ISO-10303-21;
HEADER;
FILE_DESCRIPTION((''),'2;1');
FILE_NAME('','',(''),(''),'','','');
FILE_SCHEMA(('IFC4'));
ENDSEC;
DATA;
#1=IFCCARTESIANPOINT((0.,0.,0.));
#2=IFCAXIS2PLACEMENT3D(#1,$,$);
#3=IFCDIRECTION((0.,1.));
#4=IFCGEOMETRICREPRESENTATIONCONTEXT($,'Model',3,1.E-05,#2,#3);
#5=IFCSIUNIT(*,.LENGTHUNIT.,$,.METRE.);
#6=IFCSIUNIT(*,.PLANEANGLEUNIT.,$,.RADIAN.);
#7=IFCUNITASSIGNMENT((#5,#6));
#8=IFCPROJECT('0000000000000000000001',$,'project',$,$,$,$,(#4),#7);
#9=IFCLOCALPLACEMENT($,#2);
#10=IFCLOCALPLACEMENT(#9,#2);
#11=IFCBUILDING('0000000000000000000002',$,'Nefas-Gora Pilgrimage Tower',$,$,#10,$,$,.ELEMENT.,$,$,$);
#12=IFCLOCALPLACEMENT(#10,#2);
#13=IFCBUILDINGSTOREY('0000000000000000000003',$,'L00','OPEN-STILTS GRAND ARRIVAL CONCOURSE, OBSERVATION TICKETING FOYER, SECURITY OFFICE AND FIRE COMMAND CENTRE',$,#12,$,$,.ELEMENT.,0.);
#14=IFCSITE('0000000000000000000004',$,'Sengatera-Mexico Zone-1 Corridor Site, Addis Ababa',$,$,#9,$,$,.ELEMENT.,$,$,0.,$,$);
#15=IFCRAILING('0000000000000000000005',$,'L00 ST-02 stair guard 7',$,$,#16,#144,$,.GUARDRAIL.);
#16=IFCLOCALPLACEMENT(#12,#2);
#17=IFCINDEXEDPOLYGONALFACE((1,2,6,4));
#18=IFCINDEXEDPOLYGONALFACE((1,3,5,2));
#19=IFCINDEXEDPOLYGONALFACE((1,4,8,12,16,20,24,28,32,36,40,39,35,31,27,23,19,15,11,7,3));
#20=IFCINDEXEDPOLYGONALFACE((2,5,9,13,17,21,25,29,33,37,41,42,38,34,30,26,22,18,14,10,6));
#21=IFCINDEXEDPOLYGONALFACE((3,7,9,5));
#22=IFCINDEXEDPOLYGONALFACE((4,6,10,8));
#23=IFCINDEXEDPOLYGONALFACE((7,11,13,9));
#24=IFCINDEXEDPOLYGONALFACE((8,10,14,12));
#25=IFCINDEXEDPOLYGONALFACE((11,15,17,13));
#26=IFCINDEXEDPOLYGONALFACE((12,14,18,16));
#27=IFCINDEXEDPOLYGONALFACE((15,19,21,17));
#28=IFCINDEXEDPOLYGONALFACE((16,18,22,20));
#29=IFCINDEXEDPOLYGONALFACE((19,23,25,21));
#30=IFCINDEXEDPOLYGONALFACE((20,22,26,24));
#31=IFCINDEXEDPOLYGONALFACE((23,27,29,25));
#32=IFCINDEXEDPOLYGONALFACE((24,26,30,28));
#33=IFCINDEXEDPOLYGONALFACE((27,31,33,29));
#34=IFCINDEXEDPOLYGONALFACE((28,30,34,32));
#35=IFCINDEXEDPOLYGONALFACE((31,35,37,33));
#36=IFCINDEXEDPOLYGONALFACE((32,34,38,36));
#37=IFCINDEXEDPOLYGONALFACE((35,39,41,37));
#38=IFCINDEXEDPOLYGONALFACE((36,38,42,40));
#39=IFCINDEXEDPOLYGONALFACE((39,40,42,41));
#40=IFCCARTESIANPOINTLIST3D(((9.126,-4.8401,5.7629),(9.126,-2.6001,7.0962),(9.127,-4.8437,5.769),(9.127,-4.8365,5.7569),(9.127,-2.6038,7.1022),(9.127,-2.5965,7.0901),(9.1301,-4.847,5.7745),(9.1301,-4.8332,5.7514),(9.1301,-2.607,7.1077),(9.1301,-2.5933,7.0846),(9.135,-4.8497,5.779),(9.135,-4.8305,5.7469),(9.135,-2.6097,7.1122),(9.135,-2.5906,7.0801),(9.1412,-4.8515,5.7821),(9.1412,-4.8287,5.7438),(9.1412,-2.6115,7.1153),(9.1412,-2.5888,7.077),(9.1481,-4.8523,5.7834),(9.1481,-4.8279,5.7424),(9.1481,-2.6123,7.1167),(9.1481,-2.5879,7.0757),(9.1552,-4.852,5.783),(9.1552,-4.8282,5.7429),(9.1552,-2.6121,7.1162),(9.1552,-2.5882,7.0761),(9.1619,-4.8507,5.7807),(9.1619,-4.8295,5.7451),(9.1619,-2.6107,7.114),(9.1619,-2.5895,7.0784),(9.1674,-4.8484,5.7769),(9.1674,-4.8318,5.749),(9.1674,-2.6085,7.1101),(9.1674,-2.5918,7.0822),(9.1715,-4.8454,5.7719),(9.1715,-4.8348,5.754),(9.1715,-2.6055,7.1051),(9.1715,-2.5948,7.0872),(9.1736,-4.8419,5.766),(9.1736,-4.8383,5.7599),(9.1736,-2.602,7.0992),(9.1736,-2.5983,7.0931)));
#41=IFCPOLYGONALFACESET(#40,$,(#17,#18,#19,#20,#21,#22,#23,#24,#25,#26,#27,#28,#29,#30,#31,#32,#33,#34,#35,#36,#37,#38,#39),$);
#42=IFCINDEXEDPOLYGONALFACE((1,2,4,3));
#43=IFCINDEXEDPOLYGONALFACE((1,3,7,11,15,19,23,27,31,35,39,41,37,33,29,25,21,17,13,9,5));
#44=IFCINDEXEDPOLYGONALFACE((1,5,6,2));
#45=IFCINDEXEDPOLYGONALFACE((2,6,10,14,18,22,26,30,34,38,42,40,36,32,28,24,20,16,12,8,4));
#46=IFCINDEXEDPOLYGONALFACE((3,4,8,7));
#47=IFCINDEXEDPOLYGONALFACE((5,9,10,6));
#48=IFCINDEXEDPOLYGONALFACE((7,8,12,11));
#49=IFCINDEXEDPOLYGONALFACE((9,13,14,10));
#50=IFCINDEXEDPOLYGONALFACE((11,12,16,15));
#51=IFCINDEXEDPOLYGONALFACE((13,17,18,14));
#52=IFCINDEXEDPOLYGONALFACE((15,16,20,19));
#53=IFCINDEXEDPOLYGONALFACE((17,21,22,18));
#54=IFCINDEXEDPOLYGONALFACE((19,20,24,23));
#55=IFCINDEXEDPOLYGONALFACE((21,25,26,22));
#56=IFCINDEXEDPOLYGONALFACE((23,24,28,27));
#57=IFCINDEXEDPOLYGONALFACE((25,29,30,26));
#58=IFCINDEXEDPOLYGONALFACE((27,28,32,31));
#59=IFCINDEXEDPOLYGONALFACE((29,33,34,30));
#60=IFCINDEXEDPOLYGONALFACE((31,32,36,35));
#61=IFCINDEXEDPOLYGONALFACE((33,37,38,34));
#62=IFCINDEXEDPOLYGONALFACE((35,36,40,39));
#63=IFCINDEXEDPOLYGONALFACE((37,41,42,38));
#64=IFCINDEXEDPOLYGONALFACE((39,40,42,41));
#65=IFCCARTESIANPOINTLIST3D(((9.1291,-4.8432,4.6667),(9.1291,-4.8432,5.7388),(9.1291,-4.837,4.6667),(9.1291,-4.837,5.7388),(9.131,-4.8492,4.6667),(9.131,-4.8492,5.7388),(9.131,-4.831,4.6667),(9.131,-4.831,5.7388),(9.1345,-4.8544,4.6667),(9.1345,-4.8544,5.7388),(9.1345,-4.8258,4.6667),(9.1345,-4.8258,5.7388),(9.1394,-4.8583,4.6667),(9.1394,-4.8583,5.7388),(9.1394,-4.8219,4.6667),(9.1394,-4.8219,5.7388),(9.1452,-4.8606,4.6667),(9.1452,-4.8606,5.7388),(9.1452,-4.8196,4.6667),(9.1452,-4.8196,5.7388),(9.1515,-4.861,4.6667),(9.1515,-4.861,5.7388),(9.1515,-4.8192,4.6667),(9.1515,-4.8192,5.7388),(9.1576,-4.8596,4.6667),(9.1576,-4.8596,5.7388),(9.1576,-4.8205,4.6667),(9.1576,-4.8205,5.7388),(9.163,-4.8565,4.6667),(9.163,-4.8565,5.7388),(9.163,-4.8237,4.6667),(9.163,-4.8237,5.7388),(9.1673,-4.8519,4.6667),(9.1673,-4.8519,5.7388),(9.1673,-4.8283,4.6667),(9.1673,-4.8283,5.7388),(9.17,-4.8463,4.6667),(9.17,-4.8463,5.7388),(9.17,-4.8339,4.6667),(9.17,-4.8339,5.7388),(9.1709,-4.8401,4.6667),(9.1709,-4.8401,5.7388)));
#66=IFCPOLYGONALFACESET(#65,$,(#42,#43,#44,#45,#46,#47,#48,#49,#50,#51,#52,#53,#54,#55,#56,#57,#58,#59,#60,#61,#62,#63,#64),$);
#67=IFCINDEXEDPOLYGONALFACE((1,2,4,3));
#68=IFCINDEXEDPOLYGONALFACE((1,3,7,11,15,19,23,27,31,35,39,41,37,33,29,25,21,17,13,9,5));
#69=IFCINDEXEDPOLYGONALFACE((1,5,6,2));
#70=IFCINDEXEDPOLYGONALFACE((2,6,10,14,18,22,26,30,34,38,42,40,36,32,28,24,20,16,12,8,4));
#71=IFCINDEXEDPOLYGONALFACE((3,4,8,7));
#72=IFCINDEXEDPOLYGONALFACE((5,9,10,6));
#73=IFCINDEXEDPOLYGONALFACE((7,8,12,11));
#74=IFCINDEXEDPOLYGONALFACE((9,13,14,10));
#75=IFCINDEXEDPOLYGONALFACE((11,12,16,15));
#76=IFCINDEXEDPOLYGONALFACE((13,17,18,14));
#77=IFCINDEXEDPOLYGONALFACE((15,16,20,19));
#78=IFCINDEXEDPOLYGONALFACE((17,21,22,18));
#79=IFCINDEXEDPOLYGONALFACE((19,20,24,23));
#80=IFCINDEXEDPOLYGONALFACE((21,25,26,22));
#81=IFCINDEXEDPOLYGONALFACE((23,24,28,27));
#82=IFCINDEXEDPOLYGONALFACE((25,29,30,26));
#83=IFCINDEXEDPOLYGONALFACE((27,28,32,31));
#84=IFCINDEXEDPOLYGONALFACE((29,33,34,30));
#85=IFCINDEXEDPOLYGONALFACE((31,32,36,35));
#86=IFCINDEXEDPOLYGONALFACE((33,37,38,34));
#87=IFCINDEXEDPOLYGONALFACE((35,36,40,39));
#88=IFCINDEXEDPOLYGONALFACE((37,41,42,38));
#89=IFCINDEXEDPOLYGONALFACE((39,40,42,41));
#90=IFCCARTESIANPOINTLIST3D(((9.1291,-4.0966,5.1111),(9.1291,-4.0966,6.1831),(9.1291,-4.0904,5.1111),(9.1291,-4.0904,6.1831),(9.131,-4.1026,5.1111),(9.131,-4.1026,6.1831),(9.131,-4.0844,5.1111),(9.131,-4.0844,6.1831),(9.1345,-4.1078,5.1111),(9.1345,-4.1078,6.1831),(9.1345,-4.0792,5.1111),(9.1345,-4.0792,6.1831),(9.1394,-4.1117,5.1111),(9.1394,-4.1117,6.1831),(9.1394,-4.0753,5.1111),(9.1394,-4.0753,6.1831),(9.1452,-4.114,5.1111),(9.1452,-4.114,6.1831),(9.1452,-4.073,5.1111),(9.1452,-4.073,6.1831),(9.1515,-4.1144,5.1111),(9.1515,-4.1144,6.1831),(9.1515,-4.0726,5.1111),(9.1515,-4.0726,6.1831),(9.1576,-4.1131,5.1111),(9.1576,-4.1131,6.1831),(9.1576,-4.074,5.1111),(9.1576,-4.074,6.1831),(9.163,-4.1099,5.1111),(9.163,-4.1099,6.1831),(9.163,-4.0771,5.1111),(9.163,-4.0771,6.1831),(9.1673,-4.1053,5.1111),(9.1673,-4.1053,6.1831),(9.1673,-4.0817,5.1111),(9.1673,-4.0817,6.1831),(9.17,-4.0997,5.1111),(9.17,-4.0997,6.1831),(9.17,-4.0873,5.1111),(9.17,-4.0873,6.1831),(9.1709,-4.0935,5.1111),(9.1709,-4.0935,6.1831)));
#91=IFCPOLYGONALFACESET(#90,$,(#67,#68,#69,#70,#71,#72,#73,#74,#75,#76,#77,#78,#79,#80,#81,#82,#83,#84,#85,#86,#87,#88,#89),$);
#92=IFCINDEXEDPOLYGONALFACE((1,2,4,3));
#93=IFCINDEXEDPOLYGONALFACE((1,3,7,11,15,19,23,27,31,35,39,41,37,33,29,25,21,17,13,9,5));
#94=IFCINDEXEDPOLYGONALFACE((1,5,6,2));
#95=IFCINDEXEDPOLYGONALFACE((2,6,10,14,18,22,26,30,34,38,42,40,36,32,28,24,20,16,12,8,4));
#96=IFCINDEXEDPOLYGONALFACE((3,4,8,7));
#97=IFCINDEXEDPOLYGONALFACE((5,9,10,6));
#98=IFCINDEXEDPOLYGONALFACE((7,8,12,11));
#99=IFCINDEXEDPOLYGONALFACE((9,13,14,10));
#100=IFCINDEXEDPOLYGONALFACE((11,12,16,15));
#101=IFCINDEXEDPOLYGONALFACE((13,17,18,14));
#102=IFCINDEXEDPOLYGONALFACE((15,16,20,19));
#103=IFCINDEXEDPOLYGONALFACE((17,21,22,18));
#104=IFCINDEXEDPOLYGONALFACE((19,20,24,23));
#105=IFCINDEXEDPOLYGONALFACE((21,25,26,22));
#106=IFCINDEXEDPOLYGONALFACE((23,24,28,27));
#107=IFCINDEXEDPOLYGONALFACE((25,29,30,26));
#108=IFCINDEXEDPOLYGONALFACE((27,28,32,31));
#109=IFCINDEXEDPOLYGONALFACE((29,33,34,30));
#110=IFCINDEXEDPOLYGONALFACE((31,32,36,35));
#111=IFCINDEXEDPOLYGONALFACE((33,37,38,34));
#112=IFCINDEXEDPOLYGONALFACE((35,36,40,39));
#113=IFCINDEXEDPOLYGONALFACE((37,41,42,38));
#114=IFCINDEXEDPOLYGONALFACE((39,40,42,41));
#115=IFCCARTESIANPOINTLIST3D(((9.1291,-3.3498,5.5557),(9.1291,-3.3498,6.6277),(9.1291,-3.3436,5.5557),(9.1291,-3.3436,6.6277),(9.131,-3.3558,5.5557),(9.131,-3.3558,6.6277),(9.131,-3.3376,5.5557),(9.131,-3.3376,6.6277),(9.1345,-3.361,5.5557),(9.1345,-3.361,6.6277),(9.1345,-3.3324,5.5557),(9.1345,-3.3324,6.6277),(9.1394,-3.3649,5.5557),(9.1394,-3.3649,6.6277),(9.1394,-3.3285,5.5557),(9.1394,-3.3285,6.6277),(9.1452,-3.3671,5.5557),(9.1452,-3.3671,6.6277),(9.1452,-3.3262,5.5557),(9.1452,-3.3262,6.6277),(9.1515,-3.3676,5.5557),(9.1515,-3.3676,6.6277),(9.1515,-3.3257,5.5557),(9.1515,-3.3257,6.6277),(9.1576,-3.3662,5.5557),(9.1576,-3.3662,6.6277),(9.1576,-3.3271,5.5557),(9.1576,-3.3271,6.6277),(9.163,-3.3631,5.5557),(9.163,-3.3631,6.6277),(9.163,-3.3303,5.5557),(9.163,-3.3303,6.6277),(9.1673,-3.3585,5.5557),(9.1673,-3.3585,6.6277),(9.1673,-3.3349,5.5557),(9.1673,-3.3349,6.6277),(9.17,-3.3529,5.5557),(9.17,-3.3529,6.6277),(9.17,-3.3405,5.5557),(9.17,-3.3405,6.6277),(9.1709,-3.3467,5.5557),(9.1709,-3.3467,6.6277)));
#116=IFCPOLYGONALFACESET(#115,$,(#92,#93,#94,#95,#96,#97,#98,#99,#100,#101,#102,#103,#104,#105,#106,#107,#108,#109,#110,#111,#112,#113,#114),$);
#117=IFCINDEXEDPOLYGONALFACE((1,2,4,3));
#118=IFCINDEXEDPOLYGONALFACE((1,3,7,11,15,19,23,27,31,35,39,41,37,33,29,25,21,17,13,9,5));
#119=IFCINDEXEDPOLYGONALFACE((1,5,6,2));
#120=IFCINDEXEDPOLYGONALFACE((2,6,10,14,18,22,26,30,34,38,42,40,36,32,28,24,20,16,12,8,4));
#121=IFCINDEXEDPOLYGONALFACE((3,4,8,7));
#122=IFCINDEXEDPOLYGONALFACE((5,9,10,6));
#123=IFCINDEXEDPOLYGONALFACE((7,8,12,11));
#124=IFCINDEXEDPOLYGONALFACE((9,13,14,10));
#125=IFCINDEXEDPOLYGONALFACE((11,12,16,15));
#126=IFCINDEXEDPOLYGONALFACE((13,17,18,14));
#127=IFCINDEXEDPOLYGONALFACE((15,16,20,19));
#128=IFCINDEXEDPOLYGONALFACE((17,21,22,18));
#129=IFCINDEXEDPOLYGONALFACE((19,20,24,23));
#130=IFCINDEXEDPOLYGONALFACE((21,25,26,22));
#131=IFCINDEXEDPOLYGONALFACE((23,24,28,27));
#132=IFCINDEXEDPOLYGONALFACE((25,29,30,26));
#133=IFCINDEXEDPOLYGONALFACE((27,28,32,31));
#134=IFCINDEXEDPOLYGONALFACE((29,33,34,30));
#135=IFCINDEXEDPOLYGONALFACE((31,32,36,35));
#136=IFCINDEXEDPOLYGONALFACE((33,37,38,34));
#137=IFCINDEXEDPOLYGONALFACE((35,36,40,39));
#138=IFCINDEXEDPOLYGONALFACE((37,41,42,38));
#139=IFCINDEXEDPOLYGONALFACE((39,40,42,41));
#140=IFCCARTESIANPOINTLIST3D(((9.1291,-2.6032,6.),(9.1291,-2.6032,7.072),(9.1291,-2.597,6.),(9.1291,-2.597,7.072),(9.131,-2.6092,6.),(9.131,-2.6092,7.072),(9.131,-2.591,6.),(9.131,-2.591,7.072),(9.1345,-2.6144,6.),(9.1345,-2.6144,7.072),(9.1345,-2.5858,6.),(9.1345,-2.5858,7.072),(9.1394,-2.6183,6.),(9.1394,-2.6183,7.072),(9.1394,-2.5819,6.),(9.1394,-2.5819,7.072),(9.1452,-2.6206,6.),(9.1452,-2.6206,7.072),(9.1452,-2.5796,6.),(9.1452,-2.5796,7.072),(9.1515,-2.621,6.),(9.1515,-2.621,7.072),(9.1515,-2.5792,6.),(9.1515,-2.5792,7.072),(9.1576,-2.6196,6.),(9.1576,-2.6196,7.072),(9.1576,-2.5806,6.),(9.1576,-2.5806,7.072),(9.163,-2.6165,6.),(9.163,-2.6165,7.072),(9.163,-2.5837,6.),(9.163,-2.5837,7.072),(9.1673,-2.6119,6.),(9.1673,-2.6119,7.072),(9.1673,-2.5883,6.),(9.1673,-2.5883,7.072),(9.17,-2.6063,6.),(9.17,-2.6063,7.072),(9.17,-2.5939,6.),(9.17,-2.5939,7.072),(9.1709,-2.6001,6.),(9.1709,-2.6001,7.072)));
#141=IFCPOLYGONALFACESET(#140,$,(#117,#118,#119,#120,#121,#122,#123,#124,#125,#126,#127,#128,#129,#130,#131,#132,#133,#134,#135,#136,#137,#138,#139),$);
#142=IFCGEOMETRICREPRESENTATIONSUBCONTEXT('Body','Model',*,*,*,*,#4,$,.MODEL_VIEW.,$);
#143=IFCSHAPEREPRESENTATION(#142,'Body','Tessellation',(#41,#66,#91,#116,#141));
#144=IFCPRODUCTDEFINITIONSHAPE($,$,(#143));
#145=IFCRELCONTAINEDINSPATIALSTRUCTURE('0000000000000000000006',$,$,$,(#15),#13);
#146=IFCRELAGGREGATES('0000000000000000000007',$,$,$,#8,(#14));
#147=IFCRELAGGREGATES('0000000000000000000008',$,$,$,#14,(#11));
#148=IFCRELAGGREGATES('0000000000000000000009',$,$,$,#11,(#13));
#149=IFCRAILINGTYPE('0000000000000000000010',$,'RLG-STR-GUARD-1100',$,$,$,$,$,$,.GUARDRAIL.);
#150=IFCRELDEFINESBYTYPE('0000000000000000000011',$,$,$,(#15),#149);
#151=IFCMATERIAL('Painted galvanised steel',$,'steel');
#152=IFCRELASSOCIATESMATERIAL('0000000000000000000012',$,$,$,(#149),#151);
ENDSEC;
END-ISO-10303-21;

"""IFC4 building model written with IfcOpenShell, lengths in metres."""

from ifc_helpers import new_model, si_unit, direction, frame, origin, origin_2d, place, context, subcontext, project, spatial, circle, extrude, material, type_object, element, save


model = new_model("IFC4")

# Units and contexts
model_context = context("Model", 3, precision=1e-05, world=origin(), true_north=direction((0.0, 1.0)))
body_context = subcontext(model_context, "Body", "Model", "MODEL_VIEW")
ifc_project = project(units=[si_unit("LENGTHUNIT", "METRE"), si_unit("PLANEANGLEUNIT", "RADIAN")], contexts=[model_context])

# Site, building, storey
site_placement = place(None, origin())
site = spatial("IfcSite", under=ifc_project, at=site_placement, Name="Sengatera-Mexico Zone-1 Corridor Site, Addis Ababa", CompositionType="ELEMENT", RefElevation=0.0)
building_placement = place(site_placement, origin())
building = spatial("IfcBuilding", under=site, at=building_placement, Name="Nefas-Gora Pilgrimage Tower", CompositionType="ELEMENT")
storey_placement = place(building_placement, origin())
storey = spatial("IfcBuildingStorey", under=building, at=storey_placement, Name="L00", Description="OPEN-STILTS GRAND ARRIVAL CONCOURSE, OBSERVATION TICKETING FOYER, SECURITY OFFICE AND FIRE COMMAND CENTRE", CompositionType="ELEMENT", Elevation=0.0)

# Railing
ifc_material_1 = material(Name="Painted galvanised steel", Category="steel")
railing_type_1 = type_object("IfcRailingType", Name="RLG-STR-GUARD-1100", PredefinedType="GUARDRAIL", material=ifc_material_1)
railing_1_placement = place(storey_placement, frame((9.1499, -4.8401, 4.6667)))
element("IfcRailing", 1, at=railing_1_placement, inside=storey, type_object=railing_type_1, Name="L00 ST-02 stair guard 7", PredefinedType="GUARDRAIL", context=body_context, shape_type="SweptSolid", body=[
    extrude(circle(Radius=0.0239, at=origin_2d()), frame((0.0, 0.0, 1.0962), z_axis=(0.0, 0.859306, 0.511462), x_axis=(-1.0, 0.0, 0.0)), (0.0, 0.0, 1.0), 2.6067),
    extrude(circle(Radius=0.021, at=origin_2d()), origin(), (0.0, 0.0, 1.0), 1.072),
    extrude(circle(Radius=0.021, at=origin_2d()), frame((0.0, 0.7466, 0.4443)), (0.0, 0.0, 1.0), 1.072),
    extrude(circle(Radius=0.021, at=origin_2d()), frame((0.0, 1.4934, 0.8889)), (0.0, 0.0, 1.0), 1.072),
    extrude(circle(Radius=0.021, at=origin_2d()), frame((0.0, 2.24, 1.3333)), (0.0, 0.0, 1.0), 1.072),
])

save(model, "model.ifc")
